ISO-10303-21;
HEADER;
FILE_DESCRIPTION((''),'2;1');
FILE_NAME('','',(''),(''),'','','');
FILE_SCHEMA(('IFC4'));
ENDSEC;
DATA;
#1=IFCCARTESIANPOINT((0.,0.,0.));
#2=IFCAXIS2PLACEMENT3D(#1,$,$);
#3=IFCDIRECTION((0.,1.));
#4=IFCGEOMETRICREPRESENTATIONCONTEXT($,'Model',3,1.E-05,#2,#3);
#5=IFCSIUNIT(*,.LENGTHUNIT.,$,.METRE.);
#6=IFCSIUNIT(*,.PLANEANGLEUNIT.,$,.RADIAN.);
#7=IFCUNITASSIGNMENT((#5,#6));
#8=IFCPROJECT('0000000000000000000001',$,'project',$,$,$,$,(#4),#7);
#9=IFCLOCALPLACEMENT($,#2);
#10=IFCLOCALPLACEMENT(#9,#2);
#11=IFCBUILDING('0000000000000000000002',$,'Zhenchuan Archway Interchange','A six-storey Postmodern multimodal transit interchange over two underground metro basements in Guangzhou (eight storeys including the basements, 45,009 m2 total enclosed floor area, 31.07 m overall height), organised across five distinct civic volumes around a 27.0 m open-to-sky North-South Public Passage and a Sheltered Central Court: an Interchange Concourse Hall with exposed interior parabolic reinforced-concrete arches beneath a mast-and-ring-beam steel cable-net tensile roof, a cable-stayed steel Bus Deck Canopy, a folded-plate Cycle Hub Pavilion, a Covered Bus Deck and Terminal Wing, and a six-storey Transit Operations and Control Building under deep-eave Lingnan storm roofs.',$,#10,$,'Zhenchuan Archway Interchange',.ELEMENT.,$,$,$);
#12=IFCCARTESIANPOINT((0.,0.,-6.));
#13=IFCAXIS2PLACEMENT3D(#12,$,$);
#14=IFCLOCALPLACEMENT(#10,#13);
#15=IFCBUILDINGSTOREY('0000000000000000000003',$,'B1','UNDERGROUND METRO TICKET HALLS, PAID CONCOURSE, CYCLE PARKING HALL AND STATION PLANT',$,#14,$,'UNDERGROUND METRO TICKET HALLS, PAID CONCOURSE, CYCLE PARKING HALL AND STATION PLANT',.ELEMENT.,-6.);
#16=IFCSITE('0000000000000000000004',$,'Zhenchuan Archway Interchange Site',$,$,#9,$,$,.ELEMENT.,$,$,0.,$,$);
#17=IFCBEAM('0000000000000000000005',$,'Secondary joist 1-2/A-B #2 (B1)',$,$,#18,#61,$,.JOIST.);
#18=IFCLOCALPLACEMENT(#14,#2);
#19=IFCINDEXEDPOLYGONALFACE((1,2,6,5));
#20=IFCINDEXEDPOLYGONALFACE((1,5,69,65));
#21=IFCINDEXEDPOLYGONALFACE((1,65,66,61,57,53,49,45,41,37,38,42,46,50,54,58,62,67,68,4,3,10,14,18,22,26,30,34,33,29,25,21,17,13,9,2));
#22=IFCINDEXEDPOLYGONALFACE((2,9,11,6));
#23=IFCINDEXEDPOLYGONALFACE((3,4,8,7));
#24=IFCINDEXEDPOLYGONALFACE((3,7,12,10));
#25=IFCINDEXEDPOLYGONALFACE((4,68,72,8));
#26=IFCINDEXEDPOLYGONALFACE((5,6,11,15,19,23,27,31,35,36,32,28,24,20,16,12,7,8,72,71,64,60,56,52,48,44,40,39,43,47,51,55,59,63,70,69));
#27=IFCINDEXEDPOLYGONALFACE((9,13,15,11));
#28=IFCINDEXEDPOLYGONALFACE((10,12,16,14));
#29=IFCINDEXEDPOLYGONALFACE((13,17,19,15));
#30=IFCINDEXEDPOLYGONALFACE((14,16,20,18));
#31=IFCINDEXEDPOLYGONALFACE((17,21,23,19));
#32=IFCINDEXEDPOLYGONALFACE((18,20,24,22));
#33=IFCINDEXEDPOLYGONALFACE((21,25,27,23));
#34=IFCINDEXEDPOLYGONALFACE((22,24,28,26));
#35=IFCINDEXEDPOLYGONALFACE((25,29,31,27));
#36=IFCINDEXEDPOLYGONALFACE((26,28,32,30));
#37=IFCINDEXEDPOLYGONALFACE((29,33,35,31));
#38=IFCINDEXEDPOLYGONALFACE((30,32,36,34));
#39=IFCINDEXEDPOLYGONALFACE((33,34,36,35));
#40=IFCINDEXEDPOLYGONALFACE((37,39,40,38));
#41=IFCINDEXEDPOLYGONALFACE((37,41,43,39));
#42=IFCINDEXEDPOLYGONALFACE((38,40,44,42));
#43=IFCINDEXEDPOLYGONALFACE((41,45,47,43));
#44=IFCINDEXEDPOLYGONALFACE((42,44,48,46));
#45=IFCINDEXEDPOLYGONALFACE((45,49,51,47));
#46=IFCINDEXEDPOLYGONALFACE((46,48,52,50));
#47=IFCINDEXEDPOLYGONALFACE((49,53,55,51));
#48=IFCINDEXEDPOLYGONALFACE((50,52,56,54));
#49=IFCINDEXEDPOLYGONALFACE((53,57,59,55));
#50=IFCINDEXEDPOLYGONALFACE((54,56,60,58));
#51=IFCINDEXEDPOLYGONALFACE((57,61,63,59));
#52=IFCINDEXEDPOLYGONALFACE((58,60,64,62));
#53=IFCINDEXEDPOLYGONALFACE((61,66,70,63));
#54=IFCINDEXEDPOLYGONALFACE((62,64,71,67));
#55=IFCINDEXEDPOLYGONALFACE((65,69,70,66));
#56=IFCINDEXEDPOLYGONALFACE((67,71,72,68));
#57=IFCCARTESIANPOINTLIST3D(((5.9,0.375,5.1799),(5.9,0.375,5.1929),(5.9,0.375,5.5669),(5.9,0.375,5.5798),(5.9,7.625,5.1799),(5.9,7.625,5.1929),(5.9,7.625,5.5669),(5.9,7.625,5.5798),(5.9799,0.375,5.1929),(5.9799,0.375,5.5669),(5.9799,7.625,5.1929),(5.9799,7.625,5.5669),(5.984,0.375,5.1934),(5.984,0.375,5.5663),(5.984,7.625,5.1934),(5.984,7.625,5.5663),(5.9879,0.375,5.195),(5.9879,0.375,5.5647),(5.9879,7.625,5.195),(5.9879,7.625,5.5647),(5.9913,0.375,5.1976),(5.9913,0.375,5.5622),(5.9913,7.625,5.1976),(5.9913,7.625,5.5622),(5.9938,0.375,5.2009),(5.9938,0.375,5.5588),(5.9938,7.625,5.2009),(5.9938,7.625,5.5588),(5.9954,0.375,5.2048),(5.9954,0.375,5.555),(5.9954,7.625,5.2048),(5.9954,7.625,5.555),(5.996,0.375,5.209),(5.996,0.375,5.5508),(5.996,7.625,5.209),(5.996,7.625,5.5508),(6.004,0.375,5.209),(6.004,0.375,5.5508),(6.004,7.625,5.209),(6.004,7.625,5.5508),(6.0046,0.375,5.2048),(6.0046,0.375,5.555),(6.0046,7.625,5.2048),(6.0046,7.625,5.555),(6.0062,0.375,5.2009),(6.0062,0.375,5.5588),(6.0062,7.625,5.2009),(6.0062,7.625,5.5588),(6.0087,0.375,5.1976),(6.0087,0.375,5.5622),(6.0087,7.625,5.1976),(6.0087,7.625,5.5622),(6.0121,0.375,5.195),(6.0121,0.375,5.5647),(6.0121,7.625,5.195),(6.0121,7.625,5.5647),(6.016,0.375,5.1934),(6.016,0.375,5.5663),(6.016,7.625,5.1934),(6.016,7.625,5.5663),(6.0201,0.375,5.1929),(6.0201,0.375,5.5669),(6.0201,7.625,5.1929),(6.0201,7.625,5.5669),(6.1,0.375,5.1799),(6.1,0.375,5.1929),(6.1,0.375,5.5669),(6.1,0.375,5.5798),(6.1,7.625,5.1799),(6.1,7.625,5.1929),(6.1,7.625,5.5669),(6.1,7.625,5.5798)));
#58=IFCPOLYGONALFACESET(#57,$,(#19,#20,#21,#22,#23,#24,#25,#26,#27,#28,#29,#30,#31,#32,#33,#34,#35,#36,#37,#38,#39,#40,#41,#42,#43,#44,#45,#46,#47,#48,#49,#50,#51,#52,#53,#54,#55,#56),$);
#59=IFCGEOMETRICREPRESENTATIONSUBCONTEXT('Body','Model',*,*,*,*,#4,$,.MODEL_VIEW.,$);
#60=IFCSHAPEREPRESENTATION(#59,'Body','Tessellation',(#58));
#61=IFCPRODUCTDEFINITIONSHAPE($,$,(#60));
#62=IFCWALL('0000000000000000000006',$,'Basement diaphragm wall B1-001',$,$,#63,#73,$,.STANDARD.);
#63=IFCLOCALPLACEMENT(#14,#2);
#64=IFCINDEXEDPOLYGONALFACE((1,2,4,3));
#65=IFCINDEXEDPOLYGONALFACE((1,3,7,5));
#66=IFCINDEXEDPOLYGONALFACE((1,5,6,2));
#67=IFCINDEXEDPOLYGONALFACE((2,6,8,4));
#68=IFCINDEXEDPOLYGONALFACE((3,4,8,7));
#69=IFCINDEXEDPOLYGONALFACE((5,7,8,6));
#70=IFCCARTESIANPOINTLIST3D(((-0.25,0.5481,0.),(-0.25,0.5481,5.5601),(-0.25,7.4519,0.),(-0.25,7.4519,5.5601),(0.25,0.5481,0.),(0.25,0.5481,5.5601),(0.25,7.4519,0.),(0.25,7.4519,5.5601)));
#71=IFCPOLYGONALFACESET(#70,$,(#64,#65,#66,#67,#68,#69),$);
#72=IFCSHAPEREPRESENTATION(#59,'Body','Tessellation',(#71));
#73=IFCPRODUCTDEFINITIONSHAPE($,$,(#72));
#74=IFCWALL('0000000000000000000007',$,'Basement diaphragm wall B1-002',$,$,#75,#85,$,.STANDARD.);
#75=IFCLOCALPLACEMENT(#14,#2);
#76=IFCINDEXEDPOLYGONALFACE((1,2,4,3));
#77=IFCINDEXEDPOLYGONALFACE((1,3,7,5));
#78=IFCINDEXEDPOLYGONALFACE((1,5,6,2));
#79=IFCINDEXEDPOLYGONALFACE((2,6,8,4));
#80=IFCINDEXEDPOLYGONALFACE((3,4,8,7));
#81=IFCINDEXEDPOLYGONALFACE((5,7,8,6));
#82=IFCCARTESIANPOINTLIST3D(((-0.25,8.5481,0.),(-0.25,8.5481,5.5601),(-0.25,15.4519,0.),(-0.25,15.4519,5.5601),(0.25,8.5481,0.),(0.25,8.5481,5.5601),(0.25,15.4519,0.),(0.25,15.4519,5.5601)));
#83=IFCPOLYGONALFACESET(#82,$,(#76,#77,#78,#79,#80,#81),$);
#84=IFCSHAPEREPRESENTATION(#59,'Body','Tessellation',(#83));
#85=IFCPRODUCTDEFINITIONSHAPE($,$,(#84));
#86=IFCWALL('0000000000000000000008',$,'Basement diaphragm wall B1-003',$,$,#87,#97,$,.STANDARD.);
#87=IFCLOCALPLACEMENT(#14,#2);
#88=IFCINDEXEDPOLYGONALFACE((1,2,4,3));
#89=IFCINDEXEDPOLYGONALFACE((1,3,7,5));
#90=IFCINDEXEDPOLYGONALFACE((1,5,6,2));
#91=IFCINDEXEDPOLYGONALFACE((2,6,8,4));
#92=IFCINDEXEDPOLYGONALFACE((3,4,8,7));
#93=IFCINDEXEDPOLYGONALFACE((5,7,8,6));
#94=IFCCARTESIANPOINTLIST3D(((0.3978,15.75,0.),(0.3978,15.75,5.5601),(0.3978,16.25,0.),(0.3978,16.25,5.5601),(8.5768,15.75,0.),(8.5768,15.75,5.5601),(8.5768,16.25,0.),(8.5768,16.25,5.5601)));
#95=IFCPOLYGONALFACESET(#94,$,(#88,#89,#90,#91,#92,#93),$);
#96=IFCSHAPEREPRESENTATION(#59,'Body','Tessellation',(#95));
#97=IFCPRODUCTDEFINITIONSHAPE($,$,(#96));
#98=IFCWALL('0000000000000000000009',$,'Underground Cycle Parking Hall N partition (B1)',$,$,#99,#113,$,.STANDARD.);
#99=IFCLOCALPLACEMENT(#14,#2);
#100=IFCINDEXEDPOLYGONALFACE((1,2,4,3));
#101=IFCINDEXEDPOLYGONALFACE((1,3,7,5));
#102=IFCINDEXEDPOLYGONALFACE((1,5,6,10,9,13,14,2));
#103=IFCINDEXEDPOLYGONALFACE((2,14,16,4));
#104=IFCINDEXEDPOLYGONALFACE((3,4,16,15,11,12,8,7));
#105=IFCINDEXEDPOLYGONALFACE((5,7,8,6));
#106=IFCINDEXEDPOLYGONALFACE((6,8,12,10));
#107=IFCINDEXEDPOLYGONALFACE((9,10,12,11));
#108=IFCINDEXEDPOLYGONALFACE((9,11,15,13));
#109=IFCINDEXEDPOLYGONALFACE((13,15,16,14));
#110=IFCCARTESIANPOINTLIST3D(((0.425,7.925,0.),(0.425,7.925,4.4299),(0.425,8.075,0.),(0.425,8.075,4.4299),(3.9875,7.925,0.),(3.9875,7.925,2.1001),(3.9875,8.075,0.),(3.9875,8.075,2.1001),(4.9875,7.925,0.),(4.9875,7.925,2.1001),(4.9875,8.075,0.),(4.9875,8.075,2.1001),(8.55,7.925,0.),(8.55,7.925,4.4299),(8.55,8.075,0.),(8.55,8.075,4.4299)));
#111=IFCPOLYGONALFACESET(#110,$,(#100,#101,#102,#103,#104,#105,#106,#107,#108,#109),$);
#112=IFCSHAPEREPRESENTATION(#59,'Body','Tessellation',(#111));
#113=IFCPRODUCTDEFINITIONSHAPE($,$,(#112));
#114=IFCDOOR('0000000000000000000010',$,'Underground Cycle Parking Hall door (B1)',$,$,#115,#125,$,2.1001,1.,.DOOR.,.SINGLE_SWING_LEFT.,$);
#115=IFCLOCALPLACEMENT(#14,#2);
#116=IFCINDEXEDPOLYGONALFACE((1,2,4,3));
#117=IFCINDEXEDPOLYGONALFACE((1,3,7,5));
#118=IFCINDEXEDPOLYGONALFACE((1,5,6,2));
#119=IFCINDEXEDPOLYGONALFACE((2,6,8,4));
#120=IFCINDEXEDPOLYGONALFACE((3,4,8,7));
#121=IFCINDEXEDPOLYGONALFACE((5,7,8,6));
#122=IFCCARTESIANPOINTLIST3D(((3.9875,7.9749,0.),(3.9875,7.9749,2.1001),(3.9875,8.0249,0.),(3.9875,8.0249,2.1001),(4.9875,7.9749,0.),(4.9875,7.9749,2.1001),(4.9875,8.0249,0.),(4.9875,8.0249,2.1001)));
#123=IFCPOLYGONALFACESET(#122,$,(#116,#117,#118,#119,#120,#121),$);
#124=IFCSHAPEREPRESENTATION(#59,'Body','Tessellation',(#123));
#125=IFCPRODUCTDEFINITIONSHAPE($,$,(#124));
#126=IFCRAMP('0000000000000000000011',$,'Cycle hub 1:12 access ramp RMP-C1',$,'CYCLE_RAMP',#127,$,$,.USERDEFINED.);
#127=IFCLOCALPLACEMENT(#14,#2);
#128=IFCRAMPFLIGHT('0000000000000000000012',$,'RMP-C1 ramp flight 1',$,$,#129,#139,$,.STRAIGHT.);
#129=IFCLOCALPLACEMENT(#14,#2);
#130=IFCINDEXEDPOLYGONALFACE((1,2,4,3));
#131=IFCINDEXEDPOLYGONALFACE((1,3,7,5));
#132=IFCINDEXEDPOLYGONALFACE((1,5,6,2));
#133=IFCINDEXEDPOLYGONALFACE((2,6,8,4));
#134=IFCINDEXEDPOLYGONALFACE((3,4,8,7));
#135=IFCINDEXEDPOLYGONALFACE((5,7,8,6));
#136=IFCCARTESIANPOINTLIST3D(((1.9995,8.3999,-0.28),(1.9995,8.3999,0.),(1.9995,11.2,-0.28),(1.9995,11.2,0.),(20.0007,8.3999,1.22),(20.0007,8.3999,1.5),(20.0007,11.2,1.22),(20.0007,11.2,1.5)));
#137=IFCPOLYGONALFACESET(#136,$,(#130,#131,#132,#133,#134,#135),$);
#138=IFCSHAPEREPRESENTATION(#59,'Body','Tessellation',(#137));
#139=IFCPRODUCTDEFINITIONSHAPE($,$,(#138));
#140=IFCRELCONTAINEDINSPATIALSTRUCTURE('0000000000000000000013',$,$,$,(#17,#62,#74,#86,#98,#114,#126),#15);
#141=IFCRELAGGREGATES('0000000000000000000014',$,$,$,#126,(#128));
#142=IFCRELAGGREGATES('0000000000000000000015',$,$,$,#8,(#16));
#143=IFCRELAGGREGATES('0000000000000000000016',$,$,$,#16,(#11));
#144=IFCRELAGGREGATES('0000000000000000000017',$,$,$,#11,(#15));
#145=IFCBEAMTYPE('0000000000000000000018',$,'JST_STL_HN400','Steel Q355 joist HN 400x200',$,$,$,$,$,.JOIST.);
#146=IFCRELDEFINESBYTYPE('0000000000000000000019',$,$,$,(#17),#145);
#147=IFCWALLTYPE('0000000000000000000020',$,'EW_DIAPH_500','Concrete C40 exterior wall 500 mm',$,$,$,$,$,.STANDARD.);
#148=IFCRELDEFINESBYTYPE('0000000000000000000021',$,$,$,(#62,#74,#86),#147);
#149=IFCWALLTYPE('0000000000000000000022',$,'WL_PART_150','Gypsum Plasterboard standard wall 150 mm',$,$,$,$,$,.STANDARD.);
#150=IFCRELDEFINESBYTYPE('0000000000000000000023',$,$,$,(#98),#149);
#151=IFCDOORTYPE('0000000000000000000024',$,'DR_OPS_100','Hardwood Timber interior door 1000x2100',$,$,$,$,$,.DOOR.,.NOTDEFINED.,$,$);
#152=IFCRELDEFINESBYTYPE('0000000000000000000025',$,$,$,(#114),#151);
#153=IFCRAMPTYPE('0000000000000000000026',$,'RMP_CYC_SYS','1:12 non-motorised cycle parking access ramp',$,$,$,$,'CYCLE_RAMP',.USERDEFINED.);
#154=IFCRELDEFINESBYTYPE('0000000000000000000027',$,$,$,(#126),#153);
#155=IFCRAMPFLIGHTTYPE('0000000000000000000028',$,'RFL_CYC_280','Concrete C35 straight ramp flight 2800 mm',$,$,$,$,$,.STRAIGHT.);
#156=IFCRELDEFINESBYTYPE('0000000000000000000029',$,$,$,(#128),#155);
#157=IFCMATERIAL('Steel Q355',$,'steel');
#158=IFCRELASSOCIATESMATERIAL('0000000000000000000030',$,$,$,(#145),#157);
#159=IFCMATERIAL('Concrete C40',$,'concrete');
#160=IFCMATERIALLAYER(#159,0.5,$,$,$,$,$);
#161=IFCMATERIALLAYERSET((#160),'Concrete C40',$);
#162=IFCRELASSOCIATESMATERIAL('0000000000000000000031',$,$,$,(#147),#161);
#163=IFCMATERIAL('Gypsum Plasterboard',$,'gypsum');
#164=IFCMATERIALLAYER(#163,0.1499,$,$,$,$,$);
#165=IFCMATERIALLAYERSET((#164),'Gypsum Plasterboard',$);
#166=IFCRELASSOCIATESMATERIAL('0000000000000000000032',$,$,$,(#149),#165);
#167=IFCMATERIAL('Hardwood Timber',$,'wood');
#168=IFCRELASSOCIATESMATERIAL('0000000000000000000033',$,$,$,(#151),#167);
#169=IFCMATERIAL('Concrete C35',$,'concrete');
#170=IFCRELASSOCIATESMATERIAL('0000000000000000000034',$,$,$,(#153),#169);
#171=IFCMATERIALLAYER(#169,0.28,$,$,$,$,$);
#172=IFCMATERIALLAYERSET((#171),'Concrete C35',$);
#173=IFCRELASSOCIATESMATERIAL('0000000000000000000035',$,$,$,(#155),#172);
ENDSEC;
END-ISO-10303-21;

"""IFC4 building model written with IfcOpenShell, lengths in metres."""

from ifc_helpers import new_model, si_unit, direction, frame, frame_2d, origin, origin_2d, place, context, subcontext, project, spatial, polyline, rectangle, i_section, outline, extrude, material, layer, layer_set, material_profile, profile_set, type_object, element, fill, aggregate, save


model = new_model("IFC4")

# Units and contexts
model_context = context("Model", 3, precision=1e-05, world=origin(), true_north=direction((0.0, 1.0)))
body_context = subcontext(model_context, "Body", "Model", "MODEL_VIEW")
ifc_project = project(units=[si_unit("LENGTHUNIT", "METRE"), si_unit("PLANEANGLEUNIT", "RADIAN")], contexts=[model_context])

# Site, building, storey
site_placement = place(None, origin())
site = spatial("IfcSite", under=ifc_project, at=site_placement, Name="Zhenchuan Archway Interchange Site", CompositionType="ELEMENT", RefElevation=0.0)
building_placement = place(site_placement, origin())
building = spatial("IfcBuilding", under=site, at=building_placement, Name="Zhenchuan Archway Interchange", Description="A six-storey Postmodern multimodal transit interchange over two underground metro basements in Guangzhou (eight storeys including the basements, 45,009 m2 total enclosed floor area, 31.07 m overall height), organised across five distinct civic volumes around a 27.0 m open-to-sky North-South Public Passage and a Sheltered Central Court: an Interchange Concourse Hall with exposed interior parabolic reinforced-concrete arches beneath a mast-and-ring-beam steel cable-net tensile roof, a cable-stayed steel Bus Deck Canopy, a folded-plate Cycle Hub Pavilion, a Covered Bus Deck and Terminal Wing, and a six-storey Transit Operations and Control Building under deep-eave Lingnan storm roofs.", LongName="Zhenchuan Archway Interchange", CompositionType="ELEMENT")
storey_placement = place(building_placement, frame((0.0, 0.0, -6.0)))
storey = spatial("IfcBuildingStorey", under=building, at=storey_placement, Name="B1", Description="UNDERGROUND METRO TICKET HALLS, PAID CONCOURSE, CYCLE PARKING HALL AND STATION PLANT", LongName="UNDERGROUND METRO TICKET HALLS, PAID CONCOURSE, CYCLE PARKING HALL AND STATION PLANT", CompositionType="ELEMENT", Elevation=-6.0)

# Shared definitions
ifc_material_1 = material(Name="Concrete C40", Category="concrete")

# Shared definitions
ifc_material_2 = material(Name="Concrete C35", Category="concrete")

# Beam
ifc_material_3 = material(Name="Steel Q355", Category="steel")
ifc_material_profile_1 = material_profile(ifc_material_3, i_section(OverallWidth=0.2, OverallDepth=0.3999, WebThickness=0.0081, FlangeThickness=0.0129, FilletRadius=0.0161, at=origin_2d()), Name="HN 400x200")
ifc_profile_set_1 = profile_set([ifc_material_profile_1], Name="Steel Q355")
beam_type_1 = type_object("IfcBeamType", Name="JST_STL_HN400", Description="Steel Q355 joist HN 400x200", PredefinedType="JOIST", material=ifc_profile_set_1)
for number, where, z_axis, x_axis, name in (
    (1, (6.0, 0.375, 5.3799), (0.0, 1.0, 0.0), (-1.0, 0.0, 0.0), "Secondary joist 1-2/A-B #2 (B1)"),
):
    element("IfcBeam", number, at=place(storey_placement, frame(where, z_axis=z_axis, x_axis=x_axis)), inside=storey, type_object=beam_type_1, Name=name, PredefinedType="JOIST", context=body_context, shape_type="SweptSolid", body=[
        extrude(i_section(OverallWidth=0.2, OverallDepth=0.3999, WebThickness=0.0081, FlangeThickness=0.0129, FilletRadius=0.0161, at=origin_2d()), origin(), (0.0, 0.0, 1.0), 7.25),
    ])

# Walls
ifc_layer_1 = layer(ifc_material_1, 0.5)
ifc_layer_set_1 = layer_set([ifc_layer_1], Name="Concrete C40")
wall_type_1 = type_object("IfcWallType", Name="EW_DIAPH_500", Description="Concrete C40 exterior wall 500 mm", PredefinedType="STANDARD", material=ifc_layer_set_1)
for number, where, z_axis, x_axis, name in (
    (2, (0.0, 0.5481, 0.0), (0.0, 0.0, 1.0), (0.0, 1.0, 0.0), "Basement diaphragm wall B1-001"),
    (3, (0.0, 8.5481, 0.0), (0.0, 0.0, 1.0), (0.0, 1.0, 0.0), "Basement diaphragm wall B1-002"),
):
    element("IfcWall", number, at=place(storey_placement, frame(where, z_axis=z_axis, x_axis=x_axis)), inside=storey, type_object=wall_type_1, Name=name, PredefinedType="STANDARD", context=body_context, shape_type="SweptSolid", body=[
        extrude(rectangle(XDim=6.9038, YDim=0.5, at=frame_2d((3.4519, 0.0))), origin(), (0.0, 0.0, 1.0), 5.5601),
    ])
wall_1_placement = place(storey_placement, frame((0.3979, 16.0, 0.0), z_axis=(0.0, 0.0, 1.0), x_axis=(1.0, 0.0, 0.0)))
element("IfcWall", 4, at=wall_1_placement, inside=storey, type_object=wall_type_1, Name="Basement diaphragm wall B1-003", PredefinedType="STANDARD", context=body_context, shape_type="SweptSolid", body=[
    extrude(rectangle(XDim=8.179, YDim=0.5, at=frame_2d((4.0894, 0.0))), origin(), (0.0, 0.0, 1.0), 5.5601),
])

# Wall, opening, door
ifc_material_4 = material(Name="Gypsum Plasterboard", Category="gypsum")
ifc_layer_2 = layer(ifc_material_4, 0.1499)
ifc_layer_set_2 = layer_set([ifc_layer_2], Name="Gypsum Plasterboard")
wall_type_2 = type_object("IfcWallType", Name="WL_PART_150", Description="Gypsum Plasterboard standard wall 150 mm", PredefinedType="STANDARD", material=ifc_layer_set_2)
wall_2_placement = place(storey_placement, frame((0.425, 8.0, 0.0), z_axis=(0.0, 0.0, 1.0), x_axis=(1.0, 0.0, 0.0)))
wall_2 = element("IfcWall", 5, at=wall_2_placement, inside=storey, type_object=wall_type_2, Name="Underground Cycle Parking Hall N partition (B1)", PredefinedType="STANDARD", context=body_context, shape_type="SweptSolid", body=[
    extrude(rectangle(XDim=8.125, YDim=0.1499, at=frame_2d((4.0625, 0.0))), origin(), (0.0, 0.0, 1.0), 4.4299),
])
opening_placement = place(wall_2_placement, frame((3.5625, 0.0, 0.0)))
opening = element("IfcOpeningElement", 6, at=opening_placement, cuts=wall_2, PredefinedType="OPENING", context=body_context, shape_type="SweptSolid", body=[
    extrude(rectangle(XDim=1.0, YDim=2.1001, at=frame_2d((0.5, 1.05))), frame((0.0, 0.0869, 0.0), z_axis=(0.0, -1.0, 0.0), x_axis=(1.0, 0.0, 0.0)), (0.0, 0.0, 1.0), 0.1738),
])
ifc_material_5 = material(Name="Hardwood Timber", Category="wood")
door_type = type_object("IfcDoorType", Name="DR_OPS_100", Description="Hardwood Timber interior door 1000x2100", OperationType="NOTDEFINED", PredefinedType="DOOR", material=ifc_material_5)
door_placement = place(opening_placement, origin())
door = element("IfcDoor", 7, at=door_placement, inside=storey, type_object=door_type, Name="Underground Cycle Parking Hall door (B1)", OperationType="SINGLE_SWING_LEFT", OverallHeight=2.1001, OverallWidth=1.0, PredefinedType="DOOR", context=body_context, shape_type="SweptSolid", body=[
    extrude(rectangle(XDim=1.0, YDim=2.1001, at=frame_2d((0.5, 1.05))), frame((0.0, 0.0249, 0.0), z_axis=(0.0, -1.0, 0.0), x_axis=(1.0, 0.0, 0.0)), (0.0, 0.0, 1.0), 0.05),
])
fill(opening, door)

# Ramp, ramp flight
ramp_type = type_object("IfcRampType", Name="RMP_CYC_SYS", Description="1:12 non-motorised cycle parking access ramp", ElementType="CYCLE_RAMP", PredefinedType="USERDEFINED", material=ifc_material_2)
ramp_placement = place(storey_placement, origin())
ramp = element("IfcRamp", 8, at=ramp_placement, inside=storey, type_object=ramp_type, Name="Cycle hub 1:12 access ramp RMP-C1", ObjectType="CYCLE_RAMP", PredefinedType="USERDEFINED")
ifc_layer_3 = layer(ifc_material_2, 0.28)
ifc_layer_set_3 = layer_set([ifc_layer_3], Name="Concrete C35")
ramp_flight_type = type_object("IfcRampFlightType", Name="RFL_CYC_280", Description="Concrete C35 straight ramp flight 2800 mm", PredefinedType="STRAIGHT", material=ifc_layer_set_3)
ramp_flight_placement = place(storey_placement, frame((1.9995, 9.8, 0.0), z_axis=(0.0, 0.0, 1.0), x_axis=(1.0, 0.0, 0.0)))
ramp_flight = element("IfcRampFlight", 9, at=ramp_flight_placement, type_object=ramp_flight_type, Name="RMP-C1 ramp flight 1", PredefinedType="STRAIGHT", context=body_context, shape_type="SweptSolid", body=[
    extrude(outline(polyline([(0.0, 0.0), (18.0012, 1.5), (18.0012, 1.22), (0.0, -0.28), (0.0, 0.0)])), frame((0.0, 1.3999, 0.0), z_axis=(0.0, -1.0, 0.0), x_axis=(1.0, 0.0, 0.0)), (0.0, 0.0, 1.0), 2.8),
])
aggregate(ramp, [ramp_flight])

save(model, "model.ifc")
